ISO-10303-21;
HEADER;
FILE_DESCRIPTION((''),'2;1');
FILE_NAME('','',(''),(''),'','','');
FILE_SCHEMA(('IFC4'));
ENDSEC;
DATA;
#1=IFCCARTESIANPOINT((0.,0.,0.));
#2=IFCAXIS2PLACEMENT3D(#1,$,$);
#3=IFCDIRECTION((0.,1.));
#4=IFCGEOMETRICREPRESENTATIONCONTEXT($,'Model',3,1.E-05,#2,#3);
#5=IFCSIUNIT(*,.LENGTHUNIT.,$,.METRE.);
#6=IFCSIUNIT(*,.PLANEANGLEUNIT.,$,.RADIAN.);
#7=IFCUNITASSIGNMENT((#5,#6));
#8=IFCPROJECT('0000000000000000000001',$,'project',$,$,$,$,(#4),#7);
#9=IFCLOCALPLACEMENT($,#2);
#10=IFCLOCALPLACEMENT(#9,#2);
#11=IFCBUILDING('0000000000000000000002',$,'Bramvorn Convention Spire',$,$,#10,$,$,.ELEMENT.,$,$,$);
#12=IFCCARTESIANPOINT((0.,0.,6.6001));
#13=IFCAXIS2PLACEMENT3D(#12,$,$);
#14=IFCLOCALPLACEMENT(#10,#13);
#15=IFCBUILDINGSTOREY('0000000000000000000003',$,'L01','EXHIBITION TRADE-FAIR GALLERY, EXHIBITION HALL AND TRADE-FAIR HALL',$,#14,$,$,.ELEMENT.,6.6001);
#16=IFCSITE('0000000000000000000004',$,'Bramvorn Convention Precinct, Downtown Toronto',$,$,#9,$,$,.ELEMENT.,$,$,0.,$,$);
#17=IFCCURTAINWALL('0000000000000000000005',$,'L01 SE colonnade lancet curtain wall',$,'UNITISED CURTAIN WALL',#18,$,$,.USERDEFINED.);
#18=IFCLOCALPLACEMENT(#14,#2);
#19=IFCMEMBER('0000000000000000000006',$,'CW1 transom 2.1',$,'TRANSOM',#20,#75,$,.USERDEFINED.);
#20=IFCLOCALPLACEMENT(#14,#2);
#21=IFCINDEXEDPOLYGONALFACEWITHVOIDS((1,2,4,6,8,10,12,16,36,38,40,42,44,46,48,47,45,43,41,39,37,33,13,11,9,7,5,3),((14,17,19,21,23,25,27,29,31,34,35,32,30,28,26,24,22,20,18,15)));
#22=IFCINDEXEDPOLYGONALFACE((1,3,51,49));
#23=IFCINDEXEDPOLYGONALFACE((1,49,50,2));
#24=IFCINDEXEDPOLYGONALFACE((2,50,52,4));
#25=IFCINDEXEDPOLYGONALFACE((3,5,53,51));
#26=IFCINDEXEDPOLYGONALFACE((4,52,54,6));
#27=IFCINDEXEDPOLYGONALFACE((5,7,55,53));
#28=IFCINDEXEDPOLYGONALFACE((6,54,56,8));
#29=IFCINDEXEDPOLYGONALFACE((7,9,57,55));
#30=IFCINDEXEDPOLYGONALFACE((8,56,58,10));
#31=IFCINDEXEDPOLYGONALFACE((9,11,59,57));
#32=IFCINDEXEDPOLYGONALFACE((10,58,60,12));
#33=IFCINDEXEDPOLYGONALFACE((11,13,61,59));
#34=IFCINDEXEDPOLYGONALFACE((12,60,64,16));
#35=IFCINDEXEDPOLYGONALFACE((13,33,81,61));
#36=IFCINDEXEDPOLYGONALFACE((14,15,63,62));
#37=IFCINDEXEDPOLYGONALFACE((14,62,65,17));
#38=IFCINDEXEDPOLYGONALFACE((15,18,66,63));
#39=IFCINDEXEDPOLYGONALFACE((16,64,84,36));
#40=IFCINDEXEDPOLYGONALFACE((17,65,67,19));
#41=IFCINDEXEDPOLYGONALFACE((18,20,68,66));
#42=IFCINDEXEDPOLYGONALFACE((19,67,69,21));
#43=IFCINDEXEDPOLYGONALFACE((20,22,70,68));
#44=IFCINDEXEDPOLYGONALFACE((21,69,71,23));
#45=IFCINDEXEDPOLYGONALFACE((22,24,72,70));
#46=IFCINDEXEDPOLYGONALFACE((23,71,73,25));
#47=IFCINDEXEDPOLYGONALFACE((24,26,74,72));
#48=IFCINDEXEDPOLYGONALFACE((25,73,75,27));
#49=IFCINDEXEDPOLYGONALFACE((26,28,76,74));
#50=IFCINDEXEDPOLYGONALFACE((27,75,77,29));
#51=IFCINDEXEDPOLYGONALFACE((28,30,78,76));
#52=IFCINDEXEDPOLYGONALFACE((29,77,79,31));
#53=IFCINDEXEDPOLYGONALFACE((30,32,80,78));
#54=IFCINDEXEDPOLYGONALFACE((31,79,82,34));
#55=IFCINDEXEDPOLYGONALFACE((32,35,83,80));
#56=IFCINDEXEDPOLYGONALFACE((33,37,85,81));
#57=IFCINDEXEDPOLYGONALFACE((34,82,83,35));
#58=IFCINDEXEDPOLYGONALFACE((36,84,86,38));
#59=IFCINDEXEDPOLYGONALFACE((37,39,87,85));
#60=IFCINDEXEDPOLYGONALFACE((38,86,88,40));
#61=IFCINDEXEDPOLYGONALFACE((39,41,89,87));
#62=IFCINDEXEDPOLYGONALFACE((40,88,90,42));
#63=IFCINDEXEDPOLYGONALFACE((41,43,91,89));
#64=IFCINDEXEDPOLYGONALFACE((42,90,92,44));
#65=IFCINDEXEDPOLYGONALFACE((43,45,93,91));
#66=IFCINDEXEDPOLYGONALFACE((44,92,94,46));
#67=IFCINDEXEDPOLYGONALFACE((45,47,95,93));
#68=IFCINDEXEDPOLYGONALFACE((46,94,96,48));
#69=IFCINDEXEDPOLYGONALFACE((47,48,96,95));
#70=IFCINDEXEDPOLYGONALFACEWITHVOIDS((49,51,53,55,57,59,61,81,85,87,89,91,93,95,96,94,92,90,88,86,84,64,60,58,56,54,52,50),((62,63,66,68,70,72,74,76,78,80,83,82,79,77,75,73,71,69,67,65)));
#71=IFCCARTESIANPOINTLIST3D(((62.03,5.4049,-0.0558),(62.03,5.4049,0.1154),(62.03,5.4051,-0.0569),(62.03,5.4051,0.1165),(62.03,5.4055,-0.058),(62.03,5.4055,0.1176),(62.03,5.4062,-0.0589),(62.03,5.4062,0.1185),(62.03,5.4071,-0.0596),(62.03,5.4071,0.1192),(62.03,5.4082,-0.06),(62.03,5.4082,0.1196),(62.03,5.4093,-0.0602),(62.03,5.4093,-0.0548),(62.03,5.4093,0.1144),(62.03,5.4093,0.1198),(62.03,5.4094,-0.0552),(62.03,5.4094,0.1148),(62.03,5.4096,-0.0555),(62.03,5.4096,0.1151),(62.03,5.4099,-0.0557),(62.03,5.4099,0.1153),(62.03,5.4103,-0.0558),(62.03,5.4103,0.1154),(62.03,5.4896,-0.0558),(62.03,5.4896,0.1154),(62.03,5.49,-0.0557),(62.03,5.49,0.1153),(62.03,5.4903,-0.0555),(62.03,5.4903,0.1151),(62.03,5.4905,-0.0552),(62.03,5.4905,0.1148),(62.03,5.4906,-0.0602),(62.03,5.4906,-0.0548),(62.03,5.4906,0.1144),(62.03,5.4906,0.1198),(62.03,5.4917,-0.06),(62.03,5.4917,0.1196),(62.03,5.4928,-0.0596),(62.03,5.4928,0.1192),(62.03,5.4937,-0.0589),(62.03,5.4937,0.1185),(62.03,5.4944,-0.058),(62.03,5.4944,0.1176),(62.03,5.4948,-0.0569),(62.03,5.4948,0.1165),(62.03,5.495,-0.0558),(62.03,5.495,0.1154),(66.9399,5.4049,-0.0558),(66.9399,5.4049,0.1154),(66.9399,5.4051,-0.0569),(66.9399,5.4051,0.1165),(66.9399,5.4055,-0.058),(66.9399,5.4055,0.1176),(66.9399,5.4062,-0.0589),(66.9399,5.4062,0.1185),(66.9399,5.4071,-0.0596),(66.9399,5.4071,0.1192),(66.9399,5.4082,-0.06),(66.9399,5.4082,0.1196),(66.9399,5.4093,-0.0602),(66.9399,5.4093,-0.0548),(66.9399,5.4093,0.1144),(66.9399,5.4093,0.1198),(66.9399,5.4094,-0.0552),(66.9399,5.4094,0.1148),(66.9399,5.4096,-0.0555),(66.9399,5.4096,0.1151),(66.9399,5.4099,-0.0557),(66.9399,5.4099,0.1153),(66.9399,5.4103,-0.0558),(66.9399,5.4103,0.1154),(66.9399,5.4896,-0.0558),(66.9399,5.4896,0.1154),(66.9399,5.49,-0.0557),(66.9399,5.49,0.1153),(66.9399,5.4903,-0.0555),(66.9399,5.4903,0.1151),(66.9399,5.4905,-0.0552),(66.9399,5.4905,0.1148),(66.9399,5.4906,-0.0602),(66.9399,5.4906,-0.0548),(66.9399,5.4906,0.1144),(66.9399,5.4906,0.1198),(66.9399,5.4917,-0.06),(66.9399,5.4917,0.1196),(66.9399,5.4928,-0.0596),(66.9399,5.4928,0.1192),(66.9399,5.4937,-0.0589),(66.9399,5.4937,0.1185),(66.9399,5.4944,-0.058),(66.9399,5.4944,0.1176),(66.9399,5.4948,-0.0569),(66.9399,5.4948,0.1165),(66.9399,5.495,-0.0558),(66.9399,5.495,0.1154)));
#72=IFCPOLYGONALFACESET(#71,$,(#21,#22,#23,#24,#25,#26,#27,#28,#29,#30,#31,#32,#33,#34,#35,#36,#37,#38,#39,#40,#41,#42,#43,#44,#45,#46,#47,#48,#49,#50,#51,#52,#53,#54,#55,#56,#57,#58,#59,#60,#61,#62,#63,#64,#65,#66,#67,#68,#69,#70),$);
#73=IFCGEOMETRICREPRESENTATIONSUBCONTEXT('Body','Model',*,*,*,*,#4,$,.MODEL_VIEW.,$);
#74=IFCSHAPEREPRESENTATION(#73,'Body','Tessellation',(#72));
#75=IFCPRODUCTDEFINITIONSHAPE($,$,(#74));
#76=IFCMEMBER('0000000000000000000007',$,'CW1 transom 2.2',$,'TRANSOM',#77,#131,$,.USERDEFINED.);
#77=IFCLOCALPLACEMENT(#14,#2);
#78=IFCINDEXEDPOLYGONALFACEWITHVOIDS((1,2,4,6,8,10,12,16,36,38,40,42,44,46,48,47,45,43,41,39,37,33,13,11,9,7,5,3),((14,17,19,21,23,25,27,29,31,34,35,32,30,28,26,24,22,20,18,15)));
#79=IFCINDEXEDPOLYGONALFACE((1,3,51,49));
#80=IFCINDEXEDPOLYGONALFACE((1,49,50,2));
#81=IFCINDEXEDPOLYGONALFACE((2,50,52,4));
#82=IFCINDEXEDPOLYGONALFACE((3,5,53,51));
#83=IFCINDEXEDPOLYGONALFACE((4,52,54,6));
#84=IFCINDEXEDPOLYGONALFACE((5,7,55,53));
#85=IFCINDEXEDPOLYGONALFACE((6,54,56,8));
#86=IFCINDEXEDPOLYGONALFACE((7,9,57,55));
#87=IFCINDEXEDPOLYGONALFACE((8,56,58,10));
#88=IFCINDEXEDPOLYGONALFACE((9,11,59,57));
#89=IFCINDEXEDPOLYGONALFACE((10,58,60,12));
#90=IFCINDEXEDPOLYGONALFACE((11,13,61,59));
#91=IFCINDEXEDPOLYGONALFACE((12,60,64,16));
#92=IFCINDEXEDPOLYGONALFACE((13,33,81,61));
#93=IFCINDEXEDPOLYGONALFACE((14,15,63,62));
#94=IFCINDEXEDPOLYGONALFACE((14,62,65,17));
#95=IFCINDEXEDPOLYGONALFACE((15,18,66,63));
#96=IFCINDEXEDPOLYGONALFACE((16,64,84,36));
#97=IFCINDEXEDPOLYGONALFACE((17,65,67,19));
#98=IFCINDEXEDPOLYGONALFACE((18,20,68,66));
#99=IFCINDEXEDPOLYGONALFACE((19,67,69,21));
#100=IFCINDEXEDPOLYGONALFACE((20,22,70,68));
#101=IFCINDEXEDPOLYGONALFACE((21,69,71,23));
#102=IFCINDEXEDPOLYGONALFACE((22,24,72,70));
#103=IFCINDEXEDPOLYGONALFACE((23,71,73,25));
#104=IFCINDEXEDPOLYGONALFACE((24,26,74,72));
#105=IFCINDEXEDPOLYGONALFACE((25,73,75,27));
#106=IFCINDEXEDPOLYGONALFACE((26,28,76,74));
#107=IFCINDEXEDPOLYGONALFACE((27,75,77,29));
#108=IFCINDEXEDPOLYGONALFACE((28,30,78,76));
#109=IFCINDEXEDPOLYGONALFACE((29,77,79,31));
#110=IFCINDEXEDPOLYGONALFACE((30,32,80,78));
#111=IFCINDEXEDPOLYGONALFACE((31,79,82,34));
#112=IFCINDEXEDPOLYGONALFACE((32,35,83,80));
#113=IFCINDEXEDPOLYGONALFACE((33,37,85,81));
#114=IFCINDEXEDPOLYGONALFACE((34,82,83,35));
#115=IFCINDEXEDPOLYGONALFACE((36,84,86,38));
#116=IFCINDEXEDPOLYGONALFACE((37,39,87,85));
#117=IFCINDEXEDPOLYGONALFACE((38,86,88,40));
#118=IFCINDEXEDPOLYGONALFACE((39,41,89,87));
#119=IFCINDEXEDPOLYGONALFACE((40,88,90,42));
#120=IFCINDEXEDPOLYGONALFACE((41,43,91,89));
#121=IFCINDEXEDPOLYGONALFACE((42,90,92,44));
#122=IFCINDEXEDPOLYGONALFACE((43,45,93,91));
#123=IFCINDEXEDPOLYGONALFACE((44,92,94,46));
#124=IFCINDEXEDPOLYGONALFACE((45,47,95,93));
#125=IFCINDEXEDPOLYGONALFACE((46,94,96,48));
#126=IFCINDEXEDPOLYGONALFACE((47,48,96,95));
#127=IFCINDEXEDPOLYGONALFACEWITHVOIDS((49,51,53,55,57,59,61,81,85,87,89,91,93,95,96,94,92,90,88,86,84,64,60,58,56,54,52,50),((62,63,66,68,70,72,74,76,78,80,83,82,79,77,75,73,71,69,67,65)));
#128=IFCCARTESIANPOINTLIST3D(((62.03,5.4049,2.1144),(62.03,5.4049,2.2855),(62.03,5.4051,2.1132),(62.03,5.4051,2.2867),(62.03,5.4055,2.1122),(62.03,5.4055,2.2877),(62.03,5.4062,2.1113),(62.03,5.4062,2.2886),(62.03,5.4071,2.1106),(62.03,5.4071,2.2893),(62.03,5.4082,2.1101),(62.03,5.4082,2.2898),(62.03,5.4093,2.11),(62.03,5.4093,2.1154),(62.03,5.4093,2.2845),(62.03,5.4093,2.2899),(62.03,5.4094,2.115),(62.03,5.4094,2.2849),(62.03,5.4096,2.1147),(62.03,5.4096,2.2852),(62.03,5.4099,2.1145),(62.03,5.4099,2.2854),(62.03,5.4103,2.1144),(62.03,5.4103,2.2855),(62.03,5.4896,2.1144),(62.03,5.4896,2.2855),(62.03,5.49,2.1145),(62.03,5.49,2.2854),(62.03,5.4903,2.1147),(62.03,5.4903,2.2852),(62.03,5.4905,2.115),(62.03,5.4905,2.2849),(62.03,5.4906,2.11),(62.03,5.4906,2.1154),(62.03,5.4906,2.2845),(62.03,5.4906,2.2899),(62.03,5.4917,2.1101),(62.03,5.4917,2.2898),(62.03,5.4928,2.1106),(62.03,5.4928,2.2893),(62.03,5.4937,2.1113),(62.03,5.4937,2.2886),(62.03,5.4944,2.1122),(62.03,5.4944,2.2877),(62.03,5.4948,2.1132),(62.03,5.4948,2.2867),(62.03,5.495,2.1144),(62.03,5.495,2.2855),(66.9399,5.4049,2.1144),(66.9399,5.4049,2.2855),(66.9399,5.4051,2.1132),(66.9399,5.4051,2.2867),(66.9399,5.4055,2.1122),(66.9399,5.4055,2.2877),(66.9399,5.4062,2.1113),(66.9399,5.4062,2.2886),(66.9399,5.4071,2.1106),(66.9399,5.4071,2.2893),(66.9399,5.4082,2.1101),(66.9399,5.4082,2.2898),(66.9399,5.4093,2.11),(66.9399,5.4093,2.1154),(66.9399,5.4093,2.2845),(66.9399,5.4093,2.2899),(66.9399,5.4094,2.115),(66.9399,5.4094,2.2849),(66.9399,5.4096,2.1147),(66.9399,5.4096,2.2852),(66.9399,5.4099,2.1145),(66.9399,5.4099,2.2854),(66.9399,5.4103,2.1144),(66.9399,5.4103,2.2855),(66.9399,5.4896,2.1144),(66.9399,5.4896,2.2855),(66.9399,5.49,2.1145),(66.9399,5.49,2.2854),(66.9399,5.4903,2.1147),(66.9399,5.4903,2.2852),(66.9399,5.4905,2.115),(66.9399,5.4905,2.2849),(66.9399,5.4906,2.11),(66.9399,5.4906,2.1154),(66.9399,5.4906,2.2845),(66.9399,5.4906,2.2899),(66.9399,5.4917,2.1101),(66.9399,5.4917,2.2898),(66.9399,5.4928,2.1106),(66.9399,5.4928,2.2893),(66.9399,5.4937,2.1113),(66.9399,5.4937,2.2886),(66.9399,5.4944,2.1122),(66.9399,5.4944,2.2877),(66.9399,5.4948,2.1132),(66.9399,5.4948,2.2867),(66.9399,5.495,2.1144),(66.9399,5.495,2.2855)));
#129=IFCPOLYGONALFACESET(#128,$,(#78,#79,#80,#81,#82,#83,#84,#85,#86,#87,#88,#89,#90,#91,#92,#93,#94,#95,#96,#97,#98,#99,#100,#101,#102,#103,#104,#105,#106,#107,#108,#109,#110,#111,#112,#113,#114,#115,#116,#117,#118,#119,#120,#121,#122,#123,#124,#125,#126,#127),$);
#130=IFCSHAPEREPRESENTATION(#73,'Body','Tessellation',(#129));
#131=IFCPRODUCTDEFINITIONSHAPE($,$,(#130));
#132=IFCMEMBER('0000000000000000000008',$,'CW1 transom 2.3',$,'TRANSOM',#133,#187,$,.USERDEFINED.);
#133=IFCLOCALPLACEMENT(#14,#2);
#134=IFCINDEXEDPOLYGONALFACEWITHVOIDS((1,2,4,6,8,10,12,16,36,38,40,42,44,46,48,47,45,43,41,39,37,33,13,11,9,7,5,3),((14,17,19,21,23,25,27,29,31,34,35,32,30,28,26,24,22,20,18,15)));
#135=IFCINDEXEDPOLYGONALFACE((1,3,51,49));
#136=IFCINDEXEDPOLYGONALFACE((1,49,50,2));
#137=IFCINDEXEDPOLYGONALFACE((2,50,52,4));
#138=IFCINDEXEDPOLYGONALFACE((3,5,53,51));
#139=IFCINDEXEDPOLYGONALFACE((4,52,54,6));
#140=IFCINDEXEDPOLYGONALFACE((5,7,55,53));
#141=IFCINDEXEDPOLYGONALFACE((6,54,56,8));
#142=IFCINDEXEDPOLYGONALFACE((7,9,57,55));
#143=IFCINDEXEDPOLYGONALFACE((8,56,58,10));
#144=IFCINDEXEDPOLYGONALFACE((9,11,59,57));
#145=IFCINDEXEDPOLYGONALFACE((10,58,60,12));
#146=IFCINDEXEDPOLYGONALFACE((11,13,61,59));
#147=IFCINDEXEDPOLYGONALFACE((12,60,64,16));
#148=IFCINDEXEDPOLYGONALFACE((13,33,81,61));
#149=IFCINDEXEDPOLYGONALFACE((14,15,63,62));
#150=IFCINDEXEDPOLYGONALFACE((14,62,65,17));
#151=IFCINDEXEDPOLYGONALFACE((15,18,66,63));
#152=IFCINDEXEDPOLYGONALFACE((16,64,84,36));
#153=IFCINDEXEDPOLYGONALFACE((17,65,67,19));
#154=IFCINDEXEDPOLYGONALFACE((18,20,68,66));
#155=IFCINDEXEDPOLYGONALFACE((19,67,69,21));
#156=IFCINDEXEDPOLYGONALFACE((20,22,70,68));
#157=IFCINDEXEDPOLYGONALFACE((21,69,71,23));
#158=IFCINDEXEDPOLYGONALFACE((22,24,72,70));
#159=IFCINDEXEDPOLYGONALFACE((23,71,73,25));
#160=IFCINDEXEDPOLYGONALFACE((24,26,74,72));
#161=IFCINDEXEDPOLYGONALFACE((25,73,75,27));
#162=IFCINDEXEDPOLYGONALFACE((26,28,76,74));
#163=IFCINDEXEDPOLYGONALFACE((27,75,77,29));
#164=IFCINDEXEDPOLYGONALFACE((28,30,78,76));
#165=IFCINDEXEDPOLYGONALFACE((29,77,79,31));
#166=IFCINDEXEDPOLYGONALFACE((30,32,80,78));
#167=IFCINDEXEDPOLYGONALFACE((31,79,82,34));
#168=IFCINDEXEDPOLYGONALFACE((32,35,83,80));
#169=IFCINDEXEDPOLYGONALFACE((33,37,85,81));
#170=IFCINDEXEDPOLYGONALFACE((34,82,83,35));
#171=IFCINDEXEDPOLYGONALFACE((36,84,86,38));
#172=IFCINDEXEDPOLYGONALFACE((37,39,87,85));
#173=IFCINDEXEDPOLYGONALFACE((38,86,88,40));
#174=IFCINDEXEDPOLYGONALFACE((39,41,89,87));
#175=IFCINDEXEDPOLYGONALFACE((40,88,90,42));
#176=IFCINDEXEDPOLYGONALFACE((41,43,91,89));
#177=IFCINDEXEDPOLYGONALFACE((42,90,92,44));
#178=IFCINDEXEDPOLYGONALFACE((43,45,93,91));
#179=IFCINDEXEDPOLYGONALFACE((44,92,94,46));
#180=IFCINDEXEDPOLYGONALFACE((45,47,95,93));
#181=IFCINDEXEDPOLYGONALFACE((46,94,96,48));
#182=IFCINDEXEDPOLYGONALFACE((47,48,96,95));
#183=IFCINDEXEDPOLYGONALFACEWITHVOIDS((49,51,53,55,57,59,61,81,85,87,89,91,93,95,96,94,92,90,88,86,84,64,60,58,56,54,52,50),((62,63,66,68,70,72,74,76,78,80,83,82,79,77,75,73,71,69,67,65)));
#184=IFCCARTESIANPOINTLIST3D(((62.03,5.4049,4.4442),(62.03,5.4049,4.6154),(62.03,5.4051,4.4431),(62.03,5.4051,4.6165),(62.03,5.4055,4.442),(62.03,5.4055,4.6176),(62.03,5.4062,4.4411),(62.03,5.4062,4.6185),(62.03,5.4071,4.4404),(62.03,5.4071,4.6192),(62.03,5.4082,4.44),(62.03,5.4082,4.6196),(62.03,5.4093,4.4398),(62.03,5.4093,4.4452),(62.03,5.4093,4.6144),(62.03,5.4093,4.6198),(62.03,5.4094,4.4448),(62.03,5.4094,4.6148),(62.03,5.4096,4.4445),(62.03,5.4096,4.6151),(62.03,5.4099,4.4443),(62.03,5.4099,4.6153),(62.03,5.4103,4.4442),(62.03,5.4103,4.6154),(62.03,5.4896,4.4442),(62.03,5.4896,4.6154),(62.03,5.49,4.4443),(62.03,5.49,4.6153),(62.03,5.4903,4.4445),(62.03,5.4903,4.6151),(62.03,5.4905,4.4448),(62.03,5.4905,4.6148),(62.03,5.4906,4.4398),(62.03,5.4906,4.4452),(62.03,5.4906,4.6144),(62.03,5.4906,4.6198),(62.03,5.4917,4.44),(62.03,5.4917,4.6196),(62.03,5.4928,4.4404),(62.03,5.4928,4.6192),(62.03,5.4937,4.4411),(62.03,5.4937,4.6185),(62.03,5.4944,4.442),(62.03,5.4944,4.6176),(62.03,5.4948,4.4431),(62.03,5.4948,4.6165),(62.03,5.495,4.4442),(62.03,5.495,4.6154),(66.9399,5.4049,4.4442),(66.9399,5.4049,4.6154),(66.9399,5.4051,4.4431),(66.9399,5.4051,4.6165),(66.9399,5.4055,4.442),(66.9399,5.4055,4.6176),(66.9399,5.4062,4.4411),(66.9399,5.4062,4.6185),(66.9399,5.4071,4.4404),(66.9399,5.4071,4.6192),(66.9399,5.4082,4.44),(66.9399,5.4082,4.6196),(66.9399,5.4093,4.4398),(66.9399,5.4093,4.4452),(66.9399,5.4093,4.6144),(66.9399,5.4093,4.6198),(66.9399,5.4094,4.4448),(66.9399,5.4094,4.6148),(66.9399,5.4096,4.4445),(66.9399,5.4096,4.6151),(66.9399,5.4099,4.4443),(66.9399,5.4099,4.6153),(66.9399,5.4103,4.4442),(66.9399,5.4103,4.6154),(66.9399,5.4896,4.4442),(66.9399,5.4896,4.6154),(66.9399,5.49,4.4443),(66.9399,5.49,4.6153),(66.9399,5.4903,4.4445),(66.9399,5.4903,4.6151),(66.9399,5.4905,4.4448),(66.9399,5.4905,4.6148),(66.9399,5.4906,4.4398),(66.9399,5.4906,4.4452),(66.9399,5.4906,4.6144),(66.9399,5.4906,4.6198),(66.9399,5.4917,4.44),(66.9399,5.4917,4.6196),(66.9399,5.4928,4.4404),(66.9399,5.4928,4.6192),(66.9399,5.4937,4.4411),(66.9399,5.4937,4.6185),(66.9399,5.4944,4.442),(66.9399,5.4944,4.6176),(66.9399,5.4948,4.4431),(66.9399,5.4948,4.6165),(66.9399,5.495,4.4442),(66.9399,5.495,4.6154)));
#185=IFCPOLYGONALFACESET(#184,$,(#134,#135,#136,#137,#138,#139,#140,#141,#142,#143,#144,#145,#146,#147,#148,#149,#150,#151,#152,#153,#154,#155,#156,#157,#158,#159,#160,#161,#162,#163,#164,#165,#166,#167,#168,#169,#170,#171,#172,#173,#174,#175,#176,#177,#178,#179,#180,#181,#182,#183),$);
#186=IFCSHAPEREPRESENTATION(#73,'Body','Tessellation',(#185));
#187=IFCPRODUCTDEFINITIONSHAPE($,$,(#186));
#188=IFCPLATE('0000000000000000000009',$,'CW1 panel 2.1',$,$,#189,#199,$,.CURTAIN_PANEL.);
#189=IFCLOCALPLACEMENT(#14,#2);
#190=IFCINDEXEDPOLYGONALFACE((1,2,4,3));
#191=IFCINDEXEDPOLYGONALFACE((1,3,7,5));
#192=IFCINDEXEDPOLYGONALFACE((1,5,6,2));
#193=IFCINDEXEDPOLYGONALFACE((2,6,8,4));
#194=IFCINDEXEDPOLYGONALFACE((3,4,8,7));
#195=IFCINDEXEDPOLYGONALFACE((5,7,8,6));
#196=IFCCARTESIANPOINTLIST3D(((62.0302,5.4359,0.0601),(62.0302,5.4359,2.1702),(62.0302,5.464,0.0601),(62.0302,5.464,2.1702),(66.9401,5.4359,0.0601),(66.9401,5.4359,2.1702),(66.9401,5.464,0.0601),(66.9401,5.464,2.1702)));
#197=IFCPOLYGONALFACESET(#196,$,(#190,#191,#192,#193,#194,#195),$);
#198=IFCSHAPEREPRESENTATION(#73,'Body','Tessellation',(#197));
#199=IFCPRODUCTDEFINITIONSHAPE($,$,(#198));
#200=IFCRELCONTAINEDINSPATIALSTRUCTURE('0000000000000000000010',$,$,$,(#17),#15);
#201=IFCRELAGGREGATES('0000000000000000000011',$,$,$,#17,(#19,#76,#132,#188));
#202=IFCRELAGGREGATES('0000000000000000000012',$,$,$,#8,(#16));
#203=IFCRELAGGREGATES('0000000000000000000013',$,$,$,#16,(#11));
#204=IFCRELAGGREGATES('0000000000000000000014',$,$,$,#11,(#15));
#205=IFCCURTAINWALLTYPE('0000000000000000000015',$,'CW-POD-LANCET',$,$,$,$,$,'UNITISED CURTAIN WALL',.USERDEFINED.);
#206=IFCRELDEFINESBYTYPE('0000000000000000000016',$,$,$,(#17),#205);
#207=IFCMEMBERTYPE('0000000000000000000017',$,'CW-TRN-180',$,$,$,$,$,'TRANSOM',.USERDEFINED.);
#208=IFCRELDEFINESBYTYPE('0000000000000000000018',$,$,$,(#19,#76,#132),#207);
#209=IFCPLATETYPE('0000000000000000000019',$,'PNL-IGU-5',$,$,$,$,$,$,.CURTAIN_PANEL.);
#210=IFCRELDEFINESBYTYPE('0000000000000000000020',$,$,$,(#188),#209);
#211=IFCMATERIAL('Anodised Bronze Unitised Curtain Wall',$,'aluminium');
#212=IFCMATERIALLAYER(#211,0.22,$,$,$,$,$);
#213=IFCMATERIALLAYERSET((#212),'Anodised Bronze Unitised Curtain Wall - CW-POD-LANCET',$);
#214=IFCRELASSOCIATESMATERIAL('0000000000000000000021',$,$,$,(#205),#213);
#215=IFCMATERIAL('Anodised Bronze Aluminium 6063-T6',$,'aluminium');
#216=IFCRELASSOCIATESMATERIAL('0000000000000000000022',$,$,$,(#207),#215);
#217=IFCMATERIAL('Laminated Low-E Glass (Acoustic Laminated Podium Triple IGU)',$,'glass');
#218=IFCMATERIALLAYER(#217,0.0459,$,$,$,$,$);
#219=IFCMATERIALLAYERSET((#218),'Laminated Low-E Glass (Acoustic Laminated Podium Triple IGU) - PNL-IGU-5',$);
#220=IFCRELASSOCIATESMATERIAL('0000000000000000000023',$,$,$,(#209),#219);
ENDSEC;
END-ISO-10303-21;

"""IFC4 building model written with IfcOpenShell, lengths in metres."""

from ifc_helpers import new_model, si_unit, direction, frame, origin, origin_2d, place, context, subcontext, project, spatial, rectangle, hollow_rectangle, extrude, material, layer, layer_set, material_profile, profile_set, type_object, element, aggregate, save


model = new_model("IFC4")

# Units and contexts
model_context = context("Model", 3, precision=1e-05, world=origin(), true_north=direction((0.0, 1.0)))
body_context = subcontext(model_context, "Body", "Model", "MODEL_VIEW")
ifc_project = project(units=[si_unit("LENGTHUNIT", "METRE"), si_unit("PLANEANGLEUNIT", "RADIAN")], contexts=[model_context])

# Site, building, storey
site_placement = place(None, origin())
site = spatial("IfcSite", under=ifc_project, at=site_placement, Name="Bramvorn Convention Precinct, Downtown Toronto", CompositionType="ELEMENT", RefElevation=0.0)
building_placement = place(site_placement, origin())
building = spatial("IfcBuilding", under=site, at=building_placement, Name="Bramvorn Convention Spire", CompositionType="ELEMENT")
storey_placement = place(building_placement, frame((0.0, 0.0, 6.6001)))
storey = spatial("IfcBuildingStorey", under=building, at=storey_placement, Name="L01", Description="EXHIBITION TRADE-FAIR GALLERY, EXHIBITION HALL AND TRADE-FAIR HALL", CompositionType="ELEMENT", Elevation=6.6001)

# Curtain wall, members, plate
ifc_material_1 = material(Name="Anodised Bronze Unitised Curtain Wall", Category="aluminium")
ifc_layer_1 = layer(ifc_material_1, 0.22)
ifc_layer_set_1 = layer_set([ifc_layer_1], Name="Anodised Bronze Unitised Curtain Wall - CW-POD-LANCET")
curtain_wall_type = type_object("IfcCurtainWallType", Name="CW-POD-LANCET", ElementType="UNITISED CURTAIN WALL", PredefinedType="USERDEFINED", material=ifc_layer_set_1)
curtain_wall_placement = place(storey_placement, origin())
curtain_wall = element("IfcCurtainWall", 1, at=curtain_wall_placement, inside=storey, type_object=curtain_wall_type, Name="L01 SE colonnade lancet curtain wall", ObjectType="UNITISED CURTAIN WALL", PredefinedType="USERDEFINED")
ifc_material_2 = material(Name="Anodised Bronze Aluminium 6063-T6", Category="aluminium")
ifc_material_profile_1 = material_profile(ifc_material_2, hollow_rectangle(XDim=0.0901, YDim=0.1799, WallThickness=0.0044, InnerFilletRadius=0.001, OuterFilletRadius=0.0044, at=origin_2d()))
ifc_profile_set_1 = profile_set([ifc_material_profile_1], Name="Anodised Bronze Aluminium 6063-T6 - CWT90X180")
member_type_1 = type_object("IfcMemberType", Name="CW-TRN-180", ElementType="TRANSOM", PredefinedType="USERDEFINED", material=ifc_profile_set_1)
member_1_placement = place(storey_placement, frame((62.03, 5.45, 0.0298), z_axis=(1.0, 0.0, 0.0), x_axis=(0.0, 1.0, 0.0)))
member_1 = element("IfcMember", 2, at=member_1_placement, type_object=member_type_1, Name="CW1 transom 2.1", ObjectType="TRANSOM", PredefinedType="USERDEFINED", context=body_context, shape_type="SweptSolid", body=[
    extrude(hollow_rectangle(XDim=0.0901, YDim=0.1799, WallThickness=0.0044, InnerFilletRadius=0.001, OuterFilletRadius=0.0044, at=origin_2d()), origin(), (0.0, 0.0, 1.0), 4.9099),
])
member_2_placement = place(storey_placement, frame((62.03, 5.45, 2.2), z_axis=(1.0, 0.0, 0.0), x_axis=(0.0, 1.0, 0.0)))
member_2 = element("IfcMember", 3, at=member_2_placement, type_object=member_type_1, Name="CW1 transom 2.2", ObjectType="TRANSOM", PredefinedType="USERDEFINED", context=body_context, shape_type="SweptSolid", body=[
    extrude(hollow_rectangle(XDim=0.0901, YDim=0.1799, WallThickness=0.0044, InnerFilletRadius=0.001, OuterFilletRadius=0.0044, at=origin_2d()), origin(), (0.0, 0.0, 1.0), 4.9099),
])
member_3_placement = place(storey_placement, frame((62.03, 5.45, 4.5298), z_axis=(1.0, 0.0, 0.0), x_axis=(0.0, 1.0, 0.0)))
member_3 = element("IfcMember", 4, at=member_3_placement, type_object=member_type_1, Name="CW1 transom 2.3", ObjectType="TRANSOM", PredefinedType="USERDEFINED", context=body_context, shape_type="SweptSolid", body=[
    extrude(hollow_rectangle(XDim=0.0901, YDim=0.1799, WallThickness=0.0044, InnerFilletRadius=0.001, OuterFilletRadius=0.0044, at=origin_2d()), origin(), (0.0, 0.0, 1.0), 4.9099),
])
ifc_material_3 = material(Name="Laminated Low-E Glass (Acoustic Laminated Podium Triple IGU)", Category="glass")
ifc_layer_2 = layer(ifc_material_3, 0.0459)
ifc_layer_set_2 = layer_set([ifc_layer_2], Name="Laminated Low-E Glass (Acoustic Laminated Podium Triple IGU) - PNL-IGU-5")
plate_type = type_object("IfcPlateType", Name="PNL-IGU-5", PredefinedType="CURTAIN_PANEL", material=ifc_layer_set_2)
plate_1_placement = place(storey_placement, frame((64.4851, 5.45, 0.0601), z_axis=(0.0, 0.0, 1.0), x_axis=(1.0, 0.0, 0.0)))
plate_1 = element("IfcPlate", 5, at=plate_1_placement, type_object=plate_type, Name="CW1 panel 2.1", PredefinedType="CURTAIN_PANEL", context=body_context, shape_type="SweptSolid", body=[
    extrude(rectangle(XDim=4.9099, YDim=0.0281, at=origin_2d()), origin(), (0.0, 0.0, 1.0), 2.1101),
])
aggregate(curtain_wall, [member_1, member_2, member_3, plate_1])

save(model, "model.ifc")
